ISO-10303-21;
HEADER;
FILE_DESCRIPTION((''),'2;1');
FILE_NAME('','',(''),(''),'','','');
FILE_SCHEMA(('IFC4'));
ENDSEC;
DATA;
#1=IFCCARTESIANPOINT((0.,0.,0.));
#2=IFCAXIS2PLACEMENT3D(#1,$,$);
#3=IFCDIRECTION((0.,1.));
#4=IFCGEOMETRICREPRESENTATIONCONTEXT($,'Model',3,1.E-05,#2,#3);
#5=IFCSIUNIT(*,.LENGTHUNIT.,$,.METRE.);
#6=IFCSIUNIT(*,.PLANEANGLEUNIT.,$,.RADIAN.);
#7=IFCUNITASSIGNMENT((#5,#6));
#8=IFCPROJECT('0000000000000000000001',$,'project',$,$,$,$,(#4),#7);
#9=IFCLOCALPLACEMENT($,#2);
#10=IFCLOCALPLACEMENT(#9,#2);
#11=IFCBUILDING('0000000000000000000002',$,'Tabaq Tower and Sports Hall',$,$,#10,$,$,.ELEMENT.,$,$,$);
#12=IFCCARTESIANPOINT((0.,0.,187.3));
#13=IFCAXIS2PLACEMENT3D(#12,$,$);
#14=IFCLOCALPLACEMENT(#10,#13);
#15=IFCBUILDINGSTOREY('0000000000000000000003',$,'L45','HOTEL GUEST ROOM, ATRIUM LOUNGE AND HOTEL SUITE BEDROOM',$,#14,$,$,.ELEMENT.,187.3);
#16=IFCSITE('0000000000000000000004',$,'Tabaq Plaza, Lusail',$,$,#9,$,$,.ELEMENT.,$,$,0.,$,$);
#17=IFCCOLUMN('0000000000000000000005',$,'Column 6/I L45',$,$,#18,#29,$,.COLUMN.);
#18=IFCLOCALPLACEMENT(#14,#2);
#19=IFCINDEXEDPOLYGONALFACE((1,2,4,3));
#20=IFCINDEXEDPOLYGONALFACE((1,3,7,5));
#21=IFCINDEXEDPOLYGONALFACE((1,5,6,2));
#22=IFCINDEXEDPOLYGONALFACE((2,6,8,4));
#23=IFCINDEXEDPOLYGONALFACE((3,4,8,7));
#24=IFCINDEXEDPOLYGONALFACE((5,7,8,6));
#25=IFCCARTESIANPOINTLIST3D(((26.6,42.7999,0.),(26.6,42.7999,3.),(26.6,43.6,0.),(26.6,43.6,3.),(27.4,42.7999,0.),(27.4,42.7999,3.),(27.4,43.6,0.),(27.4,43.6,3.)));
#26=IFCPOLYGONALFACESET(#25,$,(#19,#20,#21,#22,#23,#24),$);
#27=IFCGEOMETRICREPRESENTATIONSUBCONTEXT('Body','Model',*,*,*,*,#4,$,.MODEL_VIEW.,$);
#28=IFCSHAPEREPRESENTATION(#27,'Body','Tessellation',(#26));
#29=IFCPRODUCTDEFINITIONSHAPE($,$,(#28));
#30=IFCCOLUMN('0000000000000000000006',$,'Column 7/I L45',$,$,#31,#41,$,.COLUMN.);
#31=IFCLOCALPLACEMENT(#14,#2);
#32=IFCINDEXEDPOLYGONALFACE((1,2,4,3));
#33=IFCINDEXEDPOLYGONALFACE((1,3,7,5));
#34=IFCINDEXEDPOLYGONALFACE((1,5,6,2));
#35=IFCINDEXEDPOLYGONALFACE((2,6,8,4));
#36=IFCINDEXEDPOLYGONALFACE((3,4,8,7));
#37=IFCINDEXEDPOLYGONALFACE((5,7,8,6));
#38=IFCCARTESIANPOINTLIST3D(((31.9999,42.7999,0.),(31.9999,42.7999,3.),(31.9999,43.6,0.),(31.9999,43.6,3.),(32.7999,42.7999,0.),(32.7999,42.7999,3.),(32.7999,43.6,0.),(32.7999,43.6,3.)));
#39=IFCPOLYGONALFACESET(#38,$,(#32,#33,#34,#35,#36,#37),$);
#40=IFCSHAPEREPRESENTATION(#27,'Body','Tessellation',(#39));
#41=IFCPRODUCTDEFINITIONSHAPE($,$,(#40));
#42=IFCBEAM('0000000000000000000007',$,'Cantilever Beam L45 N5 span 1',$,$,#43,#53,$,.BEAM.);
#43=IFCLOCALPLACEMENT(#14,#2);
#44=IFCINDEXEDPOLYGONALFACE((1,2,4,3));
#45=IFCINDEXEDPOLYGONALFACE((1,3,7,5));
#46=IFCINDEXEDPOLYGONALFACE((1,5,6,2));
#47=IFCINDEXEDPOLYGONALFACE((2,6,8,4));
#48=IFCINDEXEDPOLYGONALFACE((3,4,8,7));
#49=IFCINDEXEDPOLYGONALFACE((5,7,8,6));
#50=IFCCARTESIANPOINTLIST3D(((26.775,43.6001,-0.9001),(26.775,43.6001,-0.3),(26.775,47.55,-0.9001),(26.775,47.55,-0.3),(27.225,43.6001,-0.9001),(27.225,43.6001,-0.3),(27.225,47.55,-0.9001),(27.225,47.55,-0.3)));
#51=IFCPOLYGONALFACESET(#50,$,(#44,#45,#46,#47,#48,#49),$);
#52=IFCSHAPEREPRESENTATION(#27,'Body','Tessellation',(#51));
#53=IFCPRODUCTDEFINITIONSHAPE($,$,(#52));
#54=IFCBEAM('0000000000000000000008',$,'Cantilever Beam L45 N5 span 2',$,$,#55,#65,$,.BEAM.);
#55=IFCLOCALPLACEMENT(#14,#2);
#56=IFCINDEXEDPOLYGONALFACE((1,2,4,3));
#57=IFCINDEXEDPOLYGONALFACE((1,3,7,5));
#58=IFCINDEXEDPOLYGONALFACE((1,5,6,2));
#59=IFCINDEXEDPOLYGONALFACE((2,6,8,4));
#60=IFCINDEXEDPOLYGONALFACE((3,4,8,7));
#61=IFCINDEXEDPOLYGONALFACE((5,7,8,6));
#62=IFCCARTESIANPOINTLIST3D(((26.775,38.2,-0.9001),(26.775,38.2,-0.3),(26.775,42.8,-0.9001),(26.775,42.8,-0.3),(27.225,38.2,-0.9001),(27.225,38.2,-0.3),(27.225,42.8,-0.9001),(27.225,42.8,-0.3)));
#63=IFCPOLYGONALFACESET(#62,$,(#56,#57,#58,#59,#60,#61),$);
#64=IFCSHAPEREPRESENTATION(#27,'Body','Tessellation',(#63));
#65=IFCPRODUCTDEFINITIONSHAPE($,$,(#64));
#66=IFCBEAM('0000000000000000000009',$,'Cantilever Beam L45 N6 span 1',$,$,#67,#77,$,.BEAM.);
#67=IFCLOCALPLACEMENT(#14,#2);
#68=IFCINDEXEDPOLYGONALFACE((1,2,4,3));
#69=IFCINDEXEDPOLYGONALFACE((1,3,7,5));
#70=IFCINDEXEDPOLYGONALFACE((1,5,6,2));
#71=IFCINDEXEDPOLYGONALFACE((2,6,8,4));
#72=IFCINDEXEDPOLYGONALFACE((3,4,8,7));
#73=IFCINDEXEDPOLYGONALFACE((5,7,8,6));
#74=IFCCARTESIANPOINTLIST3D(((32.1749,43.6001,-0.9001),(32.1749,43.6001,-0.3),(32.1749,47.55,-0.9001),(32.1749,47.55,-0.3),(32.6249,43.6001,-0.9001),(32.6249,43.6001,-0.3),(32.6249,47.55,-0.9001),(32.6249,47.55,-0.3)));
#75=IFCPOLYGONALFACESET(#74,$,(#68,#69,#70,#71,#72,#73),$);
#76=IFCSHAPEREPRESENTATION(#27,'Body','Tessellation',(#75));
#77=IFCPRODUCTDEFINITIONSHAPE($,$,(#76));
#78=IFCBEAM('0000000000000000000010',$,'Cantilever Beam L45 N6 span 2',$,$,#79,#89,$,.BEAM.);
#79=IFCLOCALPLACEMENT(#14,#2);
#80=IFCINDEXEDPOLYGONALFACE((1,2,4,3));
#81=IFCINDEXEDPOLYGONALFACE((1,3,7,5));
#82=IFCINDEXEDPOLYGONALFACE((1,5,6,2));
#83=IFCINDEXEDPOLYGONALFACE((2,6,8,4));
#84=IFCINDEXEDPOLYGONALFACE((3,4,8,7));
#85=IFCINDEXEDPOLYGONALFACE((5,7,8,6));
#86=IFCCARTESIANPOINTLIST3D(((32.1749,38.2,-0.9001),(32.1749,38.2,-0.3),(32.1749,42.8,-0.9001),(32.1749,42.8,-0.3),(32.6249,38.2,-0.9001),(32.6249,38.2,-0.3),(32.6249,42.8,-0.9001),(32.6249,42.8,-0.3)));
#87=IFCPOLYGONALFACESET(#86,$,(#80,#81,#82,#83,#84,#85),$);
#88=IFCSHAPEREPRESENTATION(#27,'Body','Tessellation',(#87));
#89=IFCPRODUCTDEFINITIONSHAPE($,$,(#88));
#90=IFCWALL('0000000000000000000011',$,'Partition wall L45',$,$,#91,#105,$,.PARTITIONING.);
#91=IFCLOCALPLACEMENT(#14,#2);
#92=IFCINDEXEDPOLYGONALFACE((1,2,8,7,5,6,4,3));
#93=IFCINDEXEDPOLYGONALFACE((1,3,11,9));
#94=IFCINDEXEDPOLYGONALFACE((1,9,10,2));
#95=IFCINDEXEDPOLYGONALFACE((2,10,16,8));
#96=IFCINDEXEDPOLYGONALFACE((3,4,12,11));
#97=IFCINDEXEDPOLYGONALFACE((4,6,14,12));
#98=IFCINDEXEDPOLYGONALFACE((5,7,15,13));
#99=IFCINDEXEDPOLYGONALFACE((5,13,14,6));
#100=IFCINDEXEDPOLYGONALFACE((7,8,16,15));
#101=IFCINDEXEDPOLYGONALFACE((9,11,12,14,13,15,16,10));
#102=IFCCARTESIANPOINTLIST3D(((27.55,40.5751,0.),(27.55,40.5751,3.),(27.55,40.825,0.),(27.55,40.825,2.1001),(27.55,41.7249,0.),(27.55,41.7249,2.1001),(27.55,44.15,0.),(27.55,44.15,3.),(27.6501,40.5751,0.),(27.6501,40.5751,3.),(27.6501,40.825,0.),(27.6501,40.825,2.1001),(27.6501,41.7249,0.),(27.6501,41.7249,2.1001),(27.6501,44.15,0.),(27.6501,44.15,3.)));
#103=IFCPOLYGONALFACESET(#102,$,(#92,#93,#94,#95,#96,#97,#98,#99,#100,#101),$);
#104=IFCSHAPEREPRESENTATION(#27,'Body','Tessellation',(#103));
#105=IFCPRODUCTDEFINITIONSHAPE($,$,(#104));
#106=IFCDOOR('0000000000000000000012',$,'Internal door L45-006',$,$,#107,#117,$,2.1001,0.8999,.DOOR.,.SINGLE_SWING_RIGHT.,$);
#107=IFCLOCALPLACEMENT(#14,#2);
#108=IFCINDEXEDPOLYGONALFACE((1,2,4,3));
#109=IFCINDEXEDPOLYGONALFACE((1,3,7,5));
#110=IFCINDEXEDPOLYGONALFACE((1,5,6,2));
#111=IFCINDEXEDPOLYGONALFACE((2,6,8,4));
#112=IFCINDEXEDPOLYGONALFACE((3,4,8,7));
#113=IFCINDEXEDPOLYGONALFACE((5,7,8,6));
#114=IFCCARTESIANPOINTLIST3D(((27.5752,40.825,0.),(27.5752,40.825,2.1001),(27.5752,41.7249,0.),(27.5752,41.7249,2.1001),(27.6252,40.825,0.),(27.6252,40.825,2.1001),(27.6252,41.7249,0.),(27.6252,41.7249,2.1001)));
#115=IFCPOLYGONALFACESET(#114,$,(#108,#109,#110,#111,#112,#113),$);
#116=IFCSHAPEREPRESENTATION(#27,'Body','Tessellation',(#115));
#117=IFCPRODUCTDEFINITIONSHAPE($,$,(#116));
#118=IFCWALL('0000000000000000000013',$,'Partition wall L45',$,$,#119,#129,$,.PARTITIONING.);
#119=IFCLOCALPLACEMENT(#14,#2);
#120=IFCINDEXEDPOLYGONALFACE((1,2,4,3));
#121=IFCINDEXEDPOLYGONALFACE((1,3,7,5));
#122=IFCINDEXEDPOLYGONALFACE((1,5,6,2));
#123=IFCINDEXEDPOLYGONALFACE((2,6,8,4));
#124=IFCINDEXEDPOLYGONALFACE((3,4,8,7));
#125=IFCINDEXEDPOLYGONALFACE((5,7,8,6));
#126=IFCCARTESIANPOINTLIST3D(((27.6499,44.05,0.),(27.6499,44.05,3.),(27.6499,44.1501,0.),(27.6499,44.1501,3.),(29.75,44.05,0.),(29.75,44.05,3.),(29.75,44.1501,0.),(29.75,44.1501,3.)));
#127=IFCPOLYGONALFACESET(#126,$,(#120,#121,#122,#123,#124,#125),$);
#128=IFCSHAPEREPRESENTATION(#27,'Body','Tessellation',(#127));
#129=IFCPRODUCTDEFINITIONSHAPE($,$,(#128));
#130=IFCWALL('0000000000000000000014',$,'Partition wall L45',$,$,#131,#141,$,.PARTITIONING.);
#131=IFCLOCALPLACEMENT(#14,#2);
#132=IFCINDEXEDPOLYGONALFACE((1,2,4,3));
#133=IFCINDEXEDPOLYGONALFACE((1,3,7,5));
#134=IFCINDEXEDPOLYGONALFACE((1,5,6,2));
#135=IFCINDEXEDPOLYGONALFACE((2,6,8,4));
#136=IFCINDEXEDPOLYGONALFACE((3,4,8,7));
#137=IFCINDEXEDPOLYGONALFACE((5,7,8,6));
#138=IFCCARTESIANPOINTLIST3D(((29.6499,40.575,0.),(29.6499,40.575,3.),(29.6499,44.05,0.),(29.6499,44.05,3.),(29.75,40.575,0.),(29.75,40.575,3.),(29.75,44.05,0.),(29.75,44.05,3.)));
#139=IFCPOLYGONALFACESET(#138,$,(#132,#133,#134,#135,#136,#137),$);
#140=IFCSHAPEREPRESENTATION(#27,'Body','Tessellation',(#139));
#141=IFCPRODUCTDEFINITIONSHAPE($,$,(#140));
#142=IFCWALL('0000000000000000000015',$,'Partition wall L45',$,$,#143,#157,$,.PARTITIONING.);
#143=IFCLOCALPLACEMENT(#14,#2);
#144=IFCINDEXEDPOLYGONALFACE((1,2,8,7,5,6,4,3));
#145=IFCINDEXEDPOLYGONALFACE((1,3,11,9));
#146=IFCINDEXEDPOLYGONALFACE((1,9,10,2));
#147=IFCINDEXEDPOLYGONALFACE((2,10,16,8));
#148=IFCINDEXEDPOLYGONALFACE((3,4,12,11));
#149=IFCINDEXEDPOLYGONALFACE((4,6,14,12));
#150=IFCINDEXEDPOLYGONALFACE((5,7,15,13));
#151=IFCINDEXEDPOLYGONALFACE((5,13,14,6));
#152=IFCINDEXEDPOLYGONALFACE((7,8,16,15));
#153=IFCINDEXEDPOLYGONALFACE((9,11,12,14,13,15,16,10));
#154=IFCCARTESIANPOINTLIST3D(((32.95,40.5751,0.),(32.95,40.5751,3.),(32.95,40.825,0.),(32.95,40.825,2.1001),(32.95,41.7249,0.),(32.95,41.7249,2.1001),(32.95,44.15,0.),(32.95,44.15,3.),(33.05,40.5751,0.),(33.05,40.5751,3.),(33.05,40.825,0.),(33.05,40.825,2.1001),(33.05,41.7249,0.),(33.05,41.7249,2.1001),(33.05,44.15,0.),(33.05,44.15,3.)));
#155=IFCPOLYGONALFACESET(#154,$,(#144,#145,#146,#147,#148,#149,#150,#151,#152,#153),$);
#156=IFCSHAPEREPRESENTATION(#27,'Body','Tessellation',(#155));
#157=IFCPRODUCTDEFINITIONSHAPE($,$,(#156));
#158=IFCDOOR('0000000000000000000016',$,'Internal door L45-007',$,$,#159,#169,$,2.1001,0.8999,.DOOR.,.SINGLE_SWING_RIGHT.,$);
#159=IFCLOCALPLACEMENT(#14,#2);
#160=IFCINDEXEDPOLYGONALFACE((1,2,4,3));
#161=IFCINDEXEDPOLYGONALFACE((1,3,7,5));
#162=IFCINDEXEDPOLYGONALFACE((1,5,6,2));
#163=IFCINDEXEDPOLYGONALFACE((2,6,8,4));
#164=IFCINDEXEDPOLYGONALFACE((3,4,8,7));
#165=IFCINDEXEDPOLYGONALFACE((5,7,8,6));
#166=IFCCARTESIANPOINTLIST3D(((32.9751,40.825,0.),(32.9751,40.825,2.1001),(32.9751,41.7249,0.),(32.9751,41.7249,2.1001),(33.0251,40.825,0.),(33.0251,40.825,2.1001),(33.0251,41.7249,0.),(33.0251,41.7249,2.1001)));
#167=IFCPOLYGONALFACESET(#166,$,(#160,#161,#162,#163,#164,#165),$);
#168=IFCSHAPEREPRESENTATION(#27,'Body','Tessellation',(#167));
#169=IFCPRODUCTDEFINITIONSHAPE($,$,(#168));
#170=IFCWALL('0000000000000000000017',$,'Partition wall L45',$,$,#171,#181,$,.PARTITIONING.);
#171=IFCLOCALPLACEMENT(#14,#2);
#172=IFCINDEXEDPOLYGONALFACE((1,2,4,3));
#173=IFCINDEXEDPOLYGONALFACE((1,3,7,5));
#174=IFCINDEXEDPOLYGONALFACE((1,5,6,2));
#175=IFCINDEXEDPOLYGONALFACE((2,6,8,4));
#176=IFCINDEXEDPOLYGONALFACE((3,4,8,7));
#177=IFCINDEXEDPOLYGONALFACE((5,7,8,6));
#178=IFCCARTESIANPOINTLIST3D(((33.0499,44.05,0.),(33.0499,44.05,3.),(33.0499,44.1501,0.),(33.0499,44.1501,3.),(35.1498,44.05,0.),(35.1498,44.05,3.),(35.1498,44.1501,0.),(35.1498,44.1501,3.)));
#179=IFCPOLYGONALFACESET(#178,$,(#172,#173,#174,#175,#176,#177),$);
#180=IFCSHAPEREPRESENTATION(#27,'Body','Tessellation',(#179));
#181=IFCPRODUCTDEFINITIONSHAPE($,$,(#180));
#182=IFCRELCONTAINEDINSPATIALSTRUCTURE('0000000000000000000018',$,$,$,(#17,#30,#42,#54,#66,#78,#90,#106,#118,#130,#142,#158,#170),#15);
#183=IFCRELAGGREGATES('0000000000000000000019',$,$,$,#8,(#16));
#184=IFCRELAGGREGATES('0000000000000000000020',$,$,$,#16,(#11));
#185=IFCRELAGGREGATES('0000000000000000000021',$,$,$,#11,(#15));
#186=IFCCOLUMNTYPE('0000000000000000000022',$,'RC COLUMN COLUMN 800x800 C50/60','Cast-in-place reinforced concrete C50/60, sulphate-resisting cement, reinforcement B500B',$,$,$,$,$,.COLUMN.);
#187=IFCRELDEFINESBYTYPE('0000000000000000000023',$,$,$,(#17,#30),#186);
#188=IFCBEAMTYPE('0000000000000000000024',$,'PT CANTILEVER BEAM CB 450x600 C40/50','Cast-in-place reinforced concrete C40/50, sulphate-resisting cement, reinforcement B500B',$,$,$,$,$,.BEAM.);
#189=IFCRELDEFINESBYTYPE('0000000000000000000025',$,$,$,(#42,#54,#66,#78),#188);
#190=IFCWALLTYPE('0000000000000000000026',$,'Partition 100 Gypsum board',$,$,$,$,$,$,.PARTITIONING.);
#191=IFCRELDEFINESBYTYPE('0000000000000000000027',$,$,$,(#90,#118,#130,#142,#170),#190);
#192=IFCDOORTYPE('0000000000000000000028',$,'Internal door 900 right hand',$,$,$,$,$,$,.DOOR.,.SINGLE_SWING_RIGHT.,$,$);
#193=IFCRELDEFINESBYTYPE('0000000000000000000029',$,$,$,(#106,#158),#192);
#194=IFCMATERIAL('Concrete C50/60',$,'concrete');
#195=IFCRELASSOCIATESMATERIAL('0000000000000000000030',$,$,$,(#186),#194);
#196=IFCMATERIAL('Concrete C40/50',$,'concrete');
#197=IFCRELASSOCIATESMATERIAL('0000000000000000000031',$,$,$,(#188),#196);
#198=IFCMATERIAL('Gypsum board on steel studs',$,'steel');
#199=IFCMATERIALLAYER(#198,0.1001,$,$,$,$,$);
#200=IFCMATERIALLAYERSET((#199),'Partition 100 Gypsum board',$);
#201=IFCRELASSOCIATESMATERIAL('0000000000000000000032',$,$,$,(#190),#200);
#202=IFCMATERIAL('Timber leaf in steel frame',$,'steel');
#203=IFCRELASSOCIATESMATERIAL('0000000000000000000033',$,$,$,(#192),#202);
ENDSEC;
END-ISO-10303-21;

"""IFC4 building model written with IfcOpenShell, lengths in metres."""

from ifc_helpers import new_model, si_unit, direction, frame, frame_2d, origin, origin_2d, place, context, subcontext, project, spatial, rectangle, extrude, material, layer, layer_set, material_profile, profile_set, type_object, element, fill, save


model = new_model("IFC4")

# Units and contexts
model_context = context("Model", 3, precision=1e-05, world=origin(), true_north=direction((0.0, 1.0)))
body_context = subcontext(model_context, "Body", "Model", "MODEL_VIEW")
ifc_project = project(units=[si_unit("LENGTHUNIT", "METRE"), si_unit("PLANEANGLEUNIT", "RADIAN")], contexts=[model_context])

# Site, building, storey
site_placement = place(None, origin())
site = spatial("IfcSite", under=ifc_project, at=site_placement, Name="Tabaq Plaza, Lusail", CompositionType="ELEMENT", RefElevation=0.0)
building_placement = place(site_placement, origin())
building = spatial("IfcBuilding", under=site, at=building_placement, Name="Tabaq Tower and Sports Hall", CompositionType="ELEMENT")
storey_placement = place(building_placement, frame((0.0, 0.0, 187.3)))
storey = spatial("IfcBuildingStorey", under=building, at=storey_placement, Name="L45", Description="HOTEL GUEST ROOM, ATRIUM LOUNGE AND HOTEL SUITE BEDROOM", CompositionType="ELEMENT", Elevation=187.3)

# Columns
ifc_material_1 = material(Name="Concrete C50/60", Category="concrete")
ifc_material_profile_1 = material_profile(ifc_material_1, rectangle(XDim=0.8, YDim=0.8, at=origin_2d()), Name="COLUMN 800x800")
ifc_profile_set_1 = profile_set([ifc_material_profile_1], Name="Concrete C50/60")
column_type = type_object("IfcColumnType", Name="RC COLUMN COLUMN 800x800 C50/60", Description="Cast-in-place reinforced concrete C50/60, sulphate-resisting cement, reinforcement B500B", PredefinedType="COLUMN", material=ifc_profile_set_1)
for number, where, z_axis, x_axis, name in (
    (1, (27.0, 43.2, 0.0), (0.0, 0.0, 1.0), (1.0, 0.0, 0.0), "Column 6/I L45"),
    (2, (32.3999, 43.2, 0.0), (0.0, 0.0, 1.0), (1.0, 0.0, 0.0), "Column 7/I L45"),
):
    element("IfcColumn", number, at=place(storey_placement, frame(where, z_axis=z_axis, x_axis=x_axis)), inside=storey, type_object=column_type, Name=name, PredefinedType="COLUMN", context=body_context, shape_type="SweptSolid", body=[
        extrude(rectangle(XDim=0.8, YDim=0.8, at=origin_2d()), origin(), (0.0, 0.0, 1.0), 3.0),
    ])

# Beams
ifc_material_2 = material(Name="Concrete C40/50", Category="concrete")
ifc_material_profile_2 = material_profile(ifc_material_2, rectangle(XDim=0.45, YDim=0.6001, at=origin_2d()), Name="CB 450x600")
ifc_profile_set_2 = profile_set([ifc_material_profile_2], Name="Concrete C40/50")
beam_type = type_object("IfcBeamType", Name="PT CANTILEVER BEAM CB 450x600 C40/50", Description="Cast-in-place reinforced concrete C40/50, sulphate-resisting cement, reinforcement B500B", PredefinedType="BEAM", material=ifc_profile_set_2)
beam_1_placement = place(storey_placement, frame((27.0, 47.55, -0.6001), z_axis=(0.0, -1.0, 0.0), x_axis=(1.0, 0.0, 0.0)))
element("IfcBeam", 3, at=beam_1_placement, inside=storey, type_object=beam_type, Name="Cantilever Beam L45 N5 span 1", PredefinedType="BEAM", context=body_context, shape_type="SweptSolid", body=[
    extrude(rectangle(XDim=0.45, YDim=0.6001, at=origin_2d()), origin(), (0.0, 0.0, 1.0), 3.95),
])
beam_2_placement = place(storey_placement, frame((27.0, 42.8, -0.6001), z_axis=(0.0, -1.0, 0.0), x_axis=(1.0, 0.0, 0.0)))
element("IfcBeam", 4, at=beam_2_placement, inside=storey, type_object=beam_type, Name="Cantilever Beam L45 N5 span 2", PredefinedType="BEAM", context=body_context, shape_type="SweptSolid", body=[
    extrude(rectangle(XDim=0.45, YDim=0.6001, at=origin_2d()), origin(), (0.0, 0.0, 1.0), 4.6001),
])
beam_3_placement = place(storey_placement, frame((32.3999, 47.55, -0.6001), z_axis=(0.0, -1.0, 0.0), x_axis=(1.0, 0.0, 0.0)))
element("IfcBeam", 5, at=beam_3_placement, inside=storey, type_object=beam_type, Name="Cantilever Beam L45 N6 span 1", PredefinedType="BEAM", context=body_context, shape_type="SweptSolid", body=[
    extrude(rectangle(XDim=0.45, YDim=0.6001, at=origin_2d()), origin(), (0.0, 0.0, 1.0), 3.95),
])
beam_4_placement = place(storey_placement, frame((32.3999, 42.8, -0.6001), z_axis=(0.0, -1.0, 0.0), x_axis=(1.0, 0.0, 0.0)))
element("IfcBeam", 6, at=beam_4_placement, inside=storey, type_object=beam_type, Name="Cantilever Beam L45 N6 span 2", PredefinedType="BEAM", context=body_context, shape_type="SweptSolid", body=[
    extrude(rectangle(XDim=0.45, YDim=0.6001, at=origin_2d()), origin(), (0.0, 0.0, 1.0), 4.6001),
])

# Wall, opening, door
ifc_material_3 = material(Name="Gypsum board on steel studs", Category="steel")
ifc_layer_1 = layer(ifc_material_3, 0.1001)
ifc_layer_set_1 = layer_set([ifc_layer_1], Name="Partition 100 Gypsum board")
wall_type_1 = type_object("IfcWallType", Name="Partition 100 Gypsum board", PredefinedType="PARTITIONING", material=ifc_layer_set_1)
wall_1_placement = place(storey_placement, frame((27.6001, 40.575, 0.0), z_axis=(0.0, 0.0, 1.0), x_axis=(0.0, 1.0, 0.0)))
wall_1 = element("IfcWall", 7, at=wall_1_placement, inside=storey, type_object=wall_type_1, Name="Partition wall L45", PredefinedType="PARTITIONING", context=body_context, shape_type="SweptSolid", body=[
    extrude(rectangle(XDim=3.575, YDim=0.1001, at=frame_2d((1.7876, 0.0))), origin(), (0.0, 0.0, 1.0), 3.0),
])
opening_1_placement = place(wall_1_placement, frame((0.25, 0.0, 0.0)))
opening_1 = element("IfcOpeningElement", 8, at=opening_1_placement, cuts=wall_1, PredefinedType="OPENING", context=body_context, shape_type="SweptSolid", body=[
    extrude(rectangle(XDim=0.8999, YDim=2.1001, at=frame_2d((0.45, 1.05))), frame((0.0, 0.05, 0.0), z_axis=(0.0, -1.0, 0.0), x_axis=(1.0, 0.0, 0.0)), (0.0, 0.0, 1.0), 0.1001),
])
ifc_material_4 = material(Name="Timber leaf in steel frame", Category="steel")
door_type = type_object("IfcDoorType", Name="Internal door 900 right hand", OperationType="SINGLE_SWING_RIGHT", PredefinedType="DOOR", material=ifc_material_4)
door_1_placement = place(opening_1_placement, origin())
door_1 = element("IfcDoor", 9, at=door_1_placement, inside=storey, type_object=door_type, Name="Internal door L45-006", OperationType="SINGLE_SWING_RIGHT", OverallHeight=2.1001, OverallWidth=0.8999, PredefinedType="DOOR", context=body_context, shape_type="SweptSolid", body=[
    extrude(rectangle(XDim=0.8999, YDim=2.1001, at=frame_2d((0.45, 1.05))), frame((0.0, 0.0249, 0.0), z_axis=(0.0, -1.0, 0.0), x_axis=(1.0, 0.0, 0.0)), (0.0, 0.0, 1.0), 0.05),
])
fill(opening_1, door_1)

# Walls
wall_2_placement = place(storey_placement, frame((27.6499, 44.1001, 0.0), z_axis=(0.0, 0.0, 1.0), x_axis=(1.0, 0.0, 0.0)))
element("IfcWall", 10, at=wall_2_placement, inside=storey, type_object=wall_type_1, Name="Partition wall L45", PredefinedType="PARTITIONING", context=body_context, shape_type="SweptSolid", body=[
    extrude(rectangle(XDim=2.1001, YDim=0.1001, at=frame_2d((1.05, 0.0))), origin(), (0.0, 0.0, 1.0), 3.0),
])
wall_3_placement = place(storey_placement, frame((29.7, 44.05, 0.0), z_axis=(0.0, 0.0, 1.0), x_axis=(0.0, -1.0, 0.0)))
element("IfcWall", 11, at=wall_3_placement, inside=storey, type_object=wall_type_1, Name="Partition wall L45", PredefinedType="PARTITIONING", context=body_context, shape_type="SweptSolid", body=[
    extrude(rectangle(XDim=3.4751, YDim=0.1001, at=frame_2d((1.7375, 0.0))), origin(), (0.0, 0.0, 1.0), 3.0),
])

# Wall, opening, door
wall_4_placement = place(storey_placement, frame((33.0, 40.575, 0.0), z_axis=(0.0, 0.0, 1.0), x_axis=(0.0, 1.0, 0.0)))
wall_4 = element("IfcWall", 12, at=wall_4_placement, inside=storey, type_object=wall_type_1, Name="Partition wall L45", PredefinedType="PARTITIONING", context=body_context, shape_type="SweptSolid", body=[
    extrude(rectangle(XDim=3.575, YDim=0.1001, at=frame_2d((1.7876, 0.0))), origin(), (0.0, 0.0, 1.0), 3.0),
])
opening_2_placement = place(wall_4_placement, frame((0.25, 0.0, 0.0)))
opening_2 = element("IfcOpeningElement", 13, at=opening_2_placement, cuts=wall_4, PredefinedType="OPENING", context=body_context, shape_type="SweptSolid", body=[
    extrude(rectangle(XDim=0.8999, YDim=2.1001, at=frame_2d((0.45, 1.05))), frame((0.0, 0.05, 0.0), z_axis=(0.0, -1.0, 0.0), x_axis=(1.0, 0.0, 0.0)), (0.0, 0.0, 1.0), 0.1001),
])
door_2_placement = place(opening_2_placement, origin())
door_2 = element("IfcDoor", 14, at=door_2_placement, inside=storey, type_object=door_type, Name="Internal door L45-007", OperationType="SINGLE_SWING_RIGHT", OverallHeight=2.1001, OverallWidth=0.8999, PredefinedType="DOOR", context=body_context, shape_type="SweptSolid", body=[
    extrude(rectangle(XDim=0.8999, YDim=2.1001, at=frame_2d((0.45, 1.05))), frame((0.0, 0.0249, 0.0), z_axis=(0.0, -1.0, 0.0), x_axis=(1.0, 0.0, 0.0)), (0.0, 0.0, 1.0), 0.05),
])
fill(opening_2, door_2)

# Wall
wall_5_placement = place(storey_placement, frame((33.05, 44.1001, 0.0), z_axis=(0.0, 0.0, 1.0), x_axis=(1.0, 0.0, 0.0)))
element("IfcWall", 15, at=wall_5_placement, inside=storey, type_object=wall_type_1, Name="Partition wall L45", PredefinedType="PARTITIONING", context=body_context, shape_type="SweptSolid", body=[
    extrude(rectangle(XDim=2.0999, YDim=0.1001, at=frame_2d((1.0498, 0.0))), origin(), (0.0, 0.0, 1.0), 3.0),
])

save(model, "model.ifc")
